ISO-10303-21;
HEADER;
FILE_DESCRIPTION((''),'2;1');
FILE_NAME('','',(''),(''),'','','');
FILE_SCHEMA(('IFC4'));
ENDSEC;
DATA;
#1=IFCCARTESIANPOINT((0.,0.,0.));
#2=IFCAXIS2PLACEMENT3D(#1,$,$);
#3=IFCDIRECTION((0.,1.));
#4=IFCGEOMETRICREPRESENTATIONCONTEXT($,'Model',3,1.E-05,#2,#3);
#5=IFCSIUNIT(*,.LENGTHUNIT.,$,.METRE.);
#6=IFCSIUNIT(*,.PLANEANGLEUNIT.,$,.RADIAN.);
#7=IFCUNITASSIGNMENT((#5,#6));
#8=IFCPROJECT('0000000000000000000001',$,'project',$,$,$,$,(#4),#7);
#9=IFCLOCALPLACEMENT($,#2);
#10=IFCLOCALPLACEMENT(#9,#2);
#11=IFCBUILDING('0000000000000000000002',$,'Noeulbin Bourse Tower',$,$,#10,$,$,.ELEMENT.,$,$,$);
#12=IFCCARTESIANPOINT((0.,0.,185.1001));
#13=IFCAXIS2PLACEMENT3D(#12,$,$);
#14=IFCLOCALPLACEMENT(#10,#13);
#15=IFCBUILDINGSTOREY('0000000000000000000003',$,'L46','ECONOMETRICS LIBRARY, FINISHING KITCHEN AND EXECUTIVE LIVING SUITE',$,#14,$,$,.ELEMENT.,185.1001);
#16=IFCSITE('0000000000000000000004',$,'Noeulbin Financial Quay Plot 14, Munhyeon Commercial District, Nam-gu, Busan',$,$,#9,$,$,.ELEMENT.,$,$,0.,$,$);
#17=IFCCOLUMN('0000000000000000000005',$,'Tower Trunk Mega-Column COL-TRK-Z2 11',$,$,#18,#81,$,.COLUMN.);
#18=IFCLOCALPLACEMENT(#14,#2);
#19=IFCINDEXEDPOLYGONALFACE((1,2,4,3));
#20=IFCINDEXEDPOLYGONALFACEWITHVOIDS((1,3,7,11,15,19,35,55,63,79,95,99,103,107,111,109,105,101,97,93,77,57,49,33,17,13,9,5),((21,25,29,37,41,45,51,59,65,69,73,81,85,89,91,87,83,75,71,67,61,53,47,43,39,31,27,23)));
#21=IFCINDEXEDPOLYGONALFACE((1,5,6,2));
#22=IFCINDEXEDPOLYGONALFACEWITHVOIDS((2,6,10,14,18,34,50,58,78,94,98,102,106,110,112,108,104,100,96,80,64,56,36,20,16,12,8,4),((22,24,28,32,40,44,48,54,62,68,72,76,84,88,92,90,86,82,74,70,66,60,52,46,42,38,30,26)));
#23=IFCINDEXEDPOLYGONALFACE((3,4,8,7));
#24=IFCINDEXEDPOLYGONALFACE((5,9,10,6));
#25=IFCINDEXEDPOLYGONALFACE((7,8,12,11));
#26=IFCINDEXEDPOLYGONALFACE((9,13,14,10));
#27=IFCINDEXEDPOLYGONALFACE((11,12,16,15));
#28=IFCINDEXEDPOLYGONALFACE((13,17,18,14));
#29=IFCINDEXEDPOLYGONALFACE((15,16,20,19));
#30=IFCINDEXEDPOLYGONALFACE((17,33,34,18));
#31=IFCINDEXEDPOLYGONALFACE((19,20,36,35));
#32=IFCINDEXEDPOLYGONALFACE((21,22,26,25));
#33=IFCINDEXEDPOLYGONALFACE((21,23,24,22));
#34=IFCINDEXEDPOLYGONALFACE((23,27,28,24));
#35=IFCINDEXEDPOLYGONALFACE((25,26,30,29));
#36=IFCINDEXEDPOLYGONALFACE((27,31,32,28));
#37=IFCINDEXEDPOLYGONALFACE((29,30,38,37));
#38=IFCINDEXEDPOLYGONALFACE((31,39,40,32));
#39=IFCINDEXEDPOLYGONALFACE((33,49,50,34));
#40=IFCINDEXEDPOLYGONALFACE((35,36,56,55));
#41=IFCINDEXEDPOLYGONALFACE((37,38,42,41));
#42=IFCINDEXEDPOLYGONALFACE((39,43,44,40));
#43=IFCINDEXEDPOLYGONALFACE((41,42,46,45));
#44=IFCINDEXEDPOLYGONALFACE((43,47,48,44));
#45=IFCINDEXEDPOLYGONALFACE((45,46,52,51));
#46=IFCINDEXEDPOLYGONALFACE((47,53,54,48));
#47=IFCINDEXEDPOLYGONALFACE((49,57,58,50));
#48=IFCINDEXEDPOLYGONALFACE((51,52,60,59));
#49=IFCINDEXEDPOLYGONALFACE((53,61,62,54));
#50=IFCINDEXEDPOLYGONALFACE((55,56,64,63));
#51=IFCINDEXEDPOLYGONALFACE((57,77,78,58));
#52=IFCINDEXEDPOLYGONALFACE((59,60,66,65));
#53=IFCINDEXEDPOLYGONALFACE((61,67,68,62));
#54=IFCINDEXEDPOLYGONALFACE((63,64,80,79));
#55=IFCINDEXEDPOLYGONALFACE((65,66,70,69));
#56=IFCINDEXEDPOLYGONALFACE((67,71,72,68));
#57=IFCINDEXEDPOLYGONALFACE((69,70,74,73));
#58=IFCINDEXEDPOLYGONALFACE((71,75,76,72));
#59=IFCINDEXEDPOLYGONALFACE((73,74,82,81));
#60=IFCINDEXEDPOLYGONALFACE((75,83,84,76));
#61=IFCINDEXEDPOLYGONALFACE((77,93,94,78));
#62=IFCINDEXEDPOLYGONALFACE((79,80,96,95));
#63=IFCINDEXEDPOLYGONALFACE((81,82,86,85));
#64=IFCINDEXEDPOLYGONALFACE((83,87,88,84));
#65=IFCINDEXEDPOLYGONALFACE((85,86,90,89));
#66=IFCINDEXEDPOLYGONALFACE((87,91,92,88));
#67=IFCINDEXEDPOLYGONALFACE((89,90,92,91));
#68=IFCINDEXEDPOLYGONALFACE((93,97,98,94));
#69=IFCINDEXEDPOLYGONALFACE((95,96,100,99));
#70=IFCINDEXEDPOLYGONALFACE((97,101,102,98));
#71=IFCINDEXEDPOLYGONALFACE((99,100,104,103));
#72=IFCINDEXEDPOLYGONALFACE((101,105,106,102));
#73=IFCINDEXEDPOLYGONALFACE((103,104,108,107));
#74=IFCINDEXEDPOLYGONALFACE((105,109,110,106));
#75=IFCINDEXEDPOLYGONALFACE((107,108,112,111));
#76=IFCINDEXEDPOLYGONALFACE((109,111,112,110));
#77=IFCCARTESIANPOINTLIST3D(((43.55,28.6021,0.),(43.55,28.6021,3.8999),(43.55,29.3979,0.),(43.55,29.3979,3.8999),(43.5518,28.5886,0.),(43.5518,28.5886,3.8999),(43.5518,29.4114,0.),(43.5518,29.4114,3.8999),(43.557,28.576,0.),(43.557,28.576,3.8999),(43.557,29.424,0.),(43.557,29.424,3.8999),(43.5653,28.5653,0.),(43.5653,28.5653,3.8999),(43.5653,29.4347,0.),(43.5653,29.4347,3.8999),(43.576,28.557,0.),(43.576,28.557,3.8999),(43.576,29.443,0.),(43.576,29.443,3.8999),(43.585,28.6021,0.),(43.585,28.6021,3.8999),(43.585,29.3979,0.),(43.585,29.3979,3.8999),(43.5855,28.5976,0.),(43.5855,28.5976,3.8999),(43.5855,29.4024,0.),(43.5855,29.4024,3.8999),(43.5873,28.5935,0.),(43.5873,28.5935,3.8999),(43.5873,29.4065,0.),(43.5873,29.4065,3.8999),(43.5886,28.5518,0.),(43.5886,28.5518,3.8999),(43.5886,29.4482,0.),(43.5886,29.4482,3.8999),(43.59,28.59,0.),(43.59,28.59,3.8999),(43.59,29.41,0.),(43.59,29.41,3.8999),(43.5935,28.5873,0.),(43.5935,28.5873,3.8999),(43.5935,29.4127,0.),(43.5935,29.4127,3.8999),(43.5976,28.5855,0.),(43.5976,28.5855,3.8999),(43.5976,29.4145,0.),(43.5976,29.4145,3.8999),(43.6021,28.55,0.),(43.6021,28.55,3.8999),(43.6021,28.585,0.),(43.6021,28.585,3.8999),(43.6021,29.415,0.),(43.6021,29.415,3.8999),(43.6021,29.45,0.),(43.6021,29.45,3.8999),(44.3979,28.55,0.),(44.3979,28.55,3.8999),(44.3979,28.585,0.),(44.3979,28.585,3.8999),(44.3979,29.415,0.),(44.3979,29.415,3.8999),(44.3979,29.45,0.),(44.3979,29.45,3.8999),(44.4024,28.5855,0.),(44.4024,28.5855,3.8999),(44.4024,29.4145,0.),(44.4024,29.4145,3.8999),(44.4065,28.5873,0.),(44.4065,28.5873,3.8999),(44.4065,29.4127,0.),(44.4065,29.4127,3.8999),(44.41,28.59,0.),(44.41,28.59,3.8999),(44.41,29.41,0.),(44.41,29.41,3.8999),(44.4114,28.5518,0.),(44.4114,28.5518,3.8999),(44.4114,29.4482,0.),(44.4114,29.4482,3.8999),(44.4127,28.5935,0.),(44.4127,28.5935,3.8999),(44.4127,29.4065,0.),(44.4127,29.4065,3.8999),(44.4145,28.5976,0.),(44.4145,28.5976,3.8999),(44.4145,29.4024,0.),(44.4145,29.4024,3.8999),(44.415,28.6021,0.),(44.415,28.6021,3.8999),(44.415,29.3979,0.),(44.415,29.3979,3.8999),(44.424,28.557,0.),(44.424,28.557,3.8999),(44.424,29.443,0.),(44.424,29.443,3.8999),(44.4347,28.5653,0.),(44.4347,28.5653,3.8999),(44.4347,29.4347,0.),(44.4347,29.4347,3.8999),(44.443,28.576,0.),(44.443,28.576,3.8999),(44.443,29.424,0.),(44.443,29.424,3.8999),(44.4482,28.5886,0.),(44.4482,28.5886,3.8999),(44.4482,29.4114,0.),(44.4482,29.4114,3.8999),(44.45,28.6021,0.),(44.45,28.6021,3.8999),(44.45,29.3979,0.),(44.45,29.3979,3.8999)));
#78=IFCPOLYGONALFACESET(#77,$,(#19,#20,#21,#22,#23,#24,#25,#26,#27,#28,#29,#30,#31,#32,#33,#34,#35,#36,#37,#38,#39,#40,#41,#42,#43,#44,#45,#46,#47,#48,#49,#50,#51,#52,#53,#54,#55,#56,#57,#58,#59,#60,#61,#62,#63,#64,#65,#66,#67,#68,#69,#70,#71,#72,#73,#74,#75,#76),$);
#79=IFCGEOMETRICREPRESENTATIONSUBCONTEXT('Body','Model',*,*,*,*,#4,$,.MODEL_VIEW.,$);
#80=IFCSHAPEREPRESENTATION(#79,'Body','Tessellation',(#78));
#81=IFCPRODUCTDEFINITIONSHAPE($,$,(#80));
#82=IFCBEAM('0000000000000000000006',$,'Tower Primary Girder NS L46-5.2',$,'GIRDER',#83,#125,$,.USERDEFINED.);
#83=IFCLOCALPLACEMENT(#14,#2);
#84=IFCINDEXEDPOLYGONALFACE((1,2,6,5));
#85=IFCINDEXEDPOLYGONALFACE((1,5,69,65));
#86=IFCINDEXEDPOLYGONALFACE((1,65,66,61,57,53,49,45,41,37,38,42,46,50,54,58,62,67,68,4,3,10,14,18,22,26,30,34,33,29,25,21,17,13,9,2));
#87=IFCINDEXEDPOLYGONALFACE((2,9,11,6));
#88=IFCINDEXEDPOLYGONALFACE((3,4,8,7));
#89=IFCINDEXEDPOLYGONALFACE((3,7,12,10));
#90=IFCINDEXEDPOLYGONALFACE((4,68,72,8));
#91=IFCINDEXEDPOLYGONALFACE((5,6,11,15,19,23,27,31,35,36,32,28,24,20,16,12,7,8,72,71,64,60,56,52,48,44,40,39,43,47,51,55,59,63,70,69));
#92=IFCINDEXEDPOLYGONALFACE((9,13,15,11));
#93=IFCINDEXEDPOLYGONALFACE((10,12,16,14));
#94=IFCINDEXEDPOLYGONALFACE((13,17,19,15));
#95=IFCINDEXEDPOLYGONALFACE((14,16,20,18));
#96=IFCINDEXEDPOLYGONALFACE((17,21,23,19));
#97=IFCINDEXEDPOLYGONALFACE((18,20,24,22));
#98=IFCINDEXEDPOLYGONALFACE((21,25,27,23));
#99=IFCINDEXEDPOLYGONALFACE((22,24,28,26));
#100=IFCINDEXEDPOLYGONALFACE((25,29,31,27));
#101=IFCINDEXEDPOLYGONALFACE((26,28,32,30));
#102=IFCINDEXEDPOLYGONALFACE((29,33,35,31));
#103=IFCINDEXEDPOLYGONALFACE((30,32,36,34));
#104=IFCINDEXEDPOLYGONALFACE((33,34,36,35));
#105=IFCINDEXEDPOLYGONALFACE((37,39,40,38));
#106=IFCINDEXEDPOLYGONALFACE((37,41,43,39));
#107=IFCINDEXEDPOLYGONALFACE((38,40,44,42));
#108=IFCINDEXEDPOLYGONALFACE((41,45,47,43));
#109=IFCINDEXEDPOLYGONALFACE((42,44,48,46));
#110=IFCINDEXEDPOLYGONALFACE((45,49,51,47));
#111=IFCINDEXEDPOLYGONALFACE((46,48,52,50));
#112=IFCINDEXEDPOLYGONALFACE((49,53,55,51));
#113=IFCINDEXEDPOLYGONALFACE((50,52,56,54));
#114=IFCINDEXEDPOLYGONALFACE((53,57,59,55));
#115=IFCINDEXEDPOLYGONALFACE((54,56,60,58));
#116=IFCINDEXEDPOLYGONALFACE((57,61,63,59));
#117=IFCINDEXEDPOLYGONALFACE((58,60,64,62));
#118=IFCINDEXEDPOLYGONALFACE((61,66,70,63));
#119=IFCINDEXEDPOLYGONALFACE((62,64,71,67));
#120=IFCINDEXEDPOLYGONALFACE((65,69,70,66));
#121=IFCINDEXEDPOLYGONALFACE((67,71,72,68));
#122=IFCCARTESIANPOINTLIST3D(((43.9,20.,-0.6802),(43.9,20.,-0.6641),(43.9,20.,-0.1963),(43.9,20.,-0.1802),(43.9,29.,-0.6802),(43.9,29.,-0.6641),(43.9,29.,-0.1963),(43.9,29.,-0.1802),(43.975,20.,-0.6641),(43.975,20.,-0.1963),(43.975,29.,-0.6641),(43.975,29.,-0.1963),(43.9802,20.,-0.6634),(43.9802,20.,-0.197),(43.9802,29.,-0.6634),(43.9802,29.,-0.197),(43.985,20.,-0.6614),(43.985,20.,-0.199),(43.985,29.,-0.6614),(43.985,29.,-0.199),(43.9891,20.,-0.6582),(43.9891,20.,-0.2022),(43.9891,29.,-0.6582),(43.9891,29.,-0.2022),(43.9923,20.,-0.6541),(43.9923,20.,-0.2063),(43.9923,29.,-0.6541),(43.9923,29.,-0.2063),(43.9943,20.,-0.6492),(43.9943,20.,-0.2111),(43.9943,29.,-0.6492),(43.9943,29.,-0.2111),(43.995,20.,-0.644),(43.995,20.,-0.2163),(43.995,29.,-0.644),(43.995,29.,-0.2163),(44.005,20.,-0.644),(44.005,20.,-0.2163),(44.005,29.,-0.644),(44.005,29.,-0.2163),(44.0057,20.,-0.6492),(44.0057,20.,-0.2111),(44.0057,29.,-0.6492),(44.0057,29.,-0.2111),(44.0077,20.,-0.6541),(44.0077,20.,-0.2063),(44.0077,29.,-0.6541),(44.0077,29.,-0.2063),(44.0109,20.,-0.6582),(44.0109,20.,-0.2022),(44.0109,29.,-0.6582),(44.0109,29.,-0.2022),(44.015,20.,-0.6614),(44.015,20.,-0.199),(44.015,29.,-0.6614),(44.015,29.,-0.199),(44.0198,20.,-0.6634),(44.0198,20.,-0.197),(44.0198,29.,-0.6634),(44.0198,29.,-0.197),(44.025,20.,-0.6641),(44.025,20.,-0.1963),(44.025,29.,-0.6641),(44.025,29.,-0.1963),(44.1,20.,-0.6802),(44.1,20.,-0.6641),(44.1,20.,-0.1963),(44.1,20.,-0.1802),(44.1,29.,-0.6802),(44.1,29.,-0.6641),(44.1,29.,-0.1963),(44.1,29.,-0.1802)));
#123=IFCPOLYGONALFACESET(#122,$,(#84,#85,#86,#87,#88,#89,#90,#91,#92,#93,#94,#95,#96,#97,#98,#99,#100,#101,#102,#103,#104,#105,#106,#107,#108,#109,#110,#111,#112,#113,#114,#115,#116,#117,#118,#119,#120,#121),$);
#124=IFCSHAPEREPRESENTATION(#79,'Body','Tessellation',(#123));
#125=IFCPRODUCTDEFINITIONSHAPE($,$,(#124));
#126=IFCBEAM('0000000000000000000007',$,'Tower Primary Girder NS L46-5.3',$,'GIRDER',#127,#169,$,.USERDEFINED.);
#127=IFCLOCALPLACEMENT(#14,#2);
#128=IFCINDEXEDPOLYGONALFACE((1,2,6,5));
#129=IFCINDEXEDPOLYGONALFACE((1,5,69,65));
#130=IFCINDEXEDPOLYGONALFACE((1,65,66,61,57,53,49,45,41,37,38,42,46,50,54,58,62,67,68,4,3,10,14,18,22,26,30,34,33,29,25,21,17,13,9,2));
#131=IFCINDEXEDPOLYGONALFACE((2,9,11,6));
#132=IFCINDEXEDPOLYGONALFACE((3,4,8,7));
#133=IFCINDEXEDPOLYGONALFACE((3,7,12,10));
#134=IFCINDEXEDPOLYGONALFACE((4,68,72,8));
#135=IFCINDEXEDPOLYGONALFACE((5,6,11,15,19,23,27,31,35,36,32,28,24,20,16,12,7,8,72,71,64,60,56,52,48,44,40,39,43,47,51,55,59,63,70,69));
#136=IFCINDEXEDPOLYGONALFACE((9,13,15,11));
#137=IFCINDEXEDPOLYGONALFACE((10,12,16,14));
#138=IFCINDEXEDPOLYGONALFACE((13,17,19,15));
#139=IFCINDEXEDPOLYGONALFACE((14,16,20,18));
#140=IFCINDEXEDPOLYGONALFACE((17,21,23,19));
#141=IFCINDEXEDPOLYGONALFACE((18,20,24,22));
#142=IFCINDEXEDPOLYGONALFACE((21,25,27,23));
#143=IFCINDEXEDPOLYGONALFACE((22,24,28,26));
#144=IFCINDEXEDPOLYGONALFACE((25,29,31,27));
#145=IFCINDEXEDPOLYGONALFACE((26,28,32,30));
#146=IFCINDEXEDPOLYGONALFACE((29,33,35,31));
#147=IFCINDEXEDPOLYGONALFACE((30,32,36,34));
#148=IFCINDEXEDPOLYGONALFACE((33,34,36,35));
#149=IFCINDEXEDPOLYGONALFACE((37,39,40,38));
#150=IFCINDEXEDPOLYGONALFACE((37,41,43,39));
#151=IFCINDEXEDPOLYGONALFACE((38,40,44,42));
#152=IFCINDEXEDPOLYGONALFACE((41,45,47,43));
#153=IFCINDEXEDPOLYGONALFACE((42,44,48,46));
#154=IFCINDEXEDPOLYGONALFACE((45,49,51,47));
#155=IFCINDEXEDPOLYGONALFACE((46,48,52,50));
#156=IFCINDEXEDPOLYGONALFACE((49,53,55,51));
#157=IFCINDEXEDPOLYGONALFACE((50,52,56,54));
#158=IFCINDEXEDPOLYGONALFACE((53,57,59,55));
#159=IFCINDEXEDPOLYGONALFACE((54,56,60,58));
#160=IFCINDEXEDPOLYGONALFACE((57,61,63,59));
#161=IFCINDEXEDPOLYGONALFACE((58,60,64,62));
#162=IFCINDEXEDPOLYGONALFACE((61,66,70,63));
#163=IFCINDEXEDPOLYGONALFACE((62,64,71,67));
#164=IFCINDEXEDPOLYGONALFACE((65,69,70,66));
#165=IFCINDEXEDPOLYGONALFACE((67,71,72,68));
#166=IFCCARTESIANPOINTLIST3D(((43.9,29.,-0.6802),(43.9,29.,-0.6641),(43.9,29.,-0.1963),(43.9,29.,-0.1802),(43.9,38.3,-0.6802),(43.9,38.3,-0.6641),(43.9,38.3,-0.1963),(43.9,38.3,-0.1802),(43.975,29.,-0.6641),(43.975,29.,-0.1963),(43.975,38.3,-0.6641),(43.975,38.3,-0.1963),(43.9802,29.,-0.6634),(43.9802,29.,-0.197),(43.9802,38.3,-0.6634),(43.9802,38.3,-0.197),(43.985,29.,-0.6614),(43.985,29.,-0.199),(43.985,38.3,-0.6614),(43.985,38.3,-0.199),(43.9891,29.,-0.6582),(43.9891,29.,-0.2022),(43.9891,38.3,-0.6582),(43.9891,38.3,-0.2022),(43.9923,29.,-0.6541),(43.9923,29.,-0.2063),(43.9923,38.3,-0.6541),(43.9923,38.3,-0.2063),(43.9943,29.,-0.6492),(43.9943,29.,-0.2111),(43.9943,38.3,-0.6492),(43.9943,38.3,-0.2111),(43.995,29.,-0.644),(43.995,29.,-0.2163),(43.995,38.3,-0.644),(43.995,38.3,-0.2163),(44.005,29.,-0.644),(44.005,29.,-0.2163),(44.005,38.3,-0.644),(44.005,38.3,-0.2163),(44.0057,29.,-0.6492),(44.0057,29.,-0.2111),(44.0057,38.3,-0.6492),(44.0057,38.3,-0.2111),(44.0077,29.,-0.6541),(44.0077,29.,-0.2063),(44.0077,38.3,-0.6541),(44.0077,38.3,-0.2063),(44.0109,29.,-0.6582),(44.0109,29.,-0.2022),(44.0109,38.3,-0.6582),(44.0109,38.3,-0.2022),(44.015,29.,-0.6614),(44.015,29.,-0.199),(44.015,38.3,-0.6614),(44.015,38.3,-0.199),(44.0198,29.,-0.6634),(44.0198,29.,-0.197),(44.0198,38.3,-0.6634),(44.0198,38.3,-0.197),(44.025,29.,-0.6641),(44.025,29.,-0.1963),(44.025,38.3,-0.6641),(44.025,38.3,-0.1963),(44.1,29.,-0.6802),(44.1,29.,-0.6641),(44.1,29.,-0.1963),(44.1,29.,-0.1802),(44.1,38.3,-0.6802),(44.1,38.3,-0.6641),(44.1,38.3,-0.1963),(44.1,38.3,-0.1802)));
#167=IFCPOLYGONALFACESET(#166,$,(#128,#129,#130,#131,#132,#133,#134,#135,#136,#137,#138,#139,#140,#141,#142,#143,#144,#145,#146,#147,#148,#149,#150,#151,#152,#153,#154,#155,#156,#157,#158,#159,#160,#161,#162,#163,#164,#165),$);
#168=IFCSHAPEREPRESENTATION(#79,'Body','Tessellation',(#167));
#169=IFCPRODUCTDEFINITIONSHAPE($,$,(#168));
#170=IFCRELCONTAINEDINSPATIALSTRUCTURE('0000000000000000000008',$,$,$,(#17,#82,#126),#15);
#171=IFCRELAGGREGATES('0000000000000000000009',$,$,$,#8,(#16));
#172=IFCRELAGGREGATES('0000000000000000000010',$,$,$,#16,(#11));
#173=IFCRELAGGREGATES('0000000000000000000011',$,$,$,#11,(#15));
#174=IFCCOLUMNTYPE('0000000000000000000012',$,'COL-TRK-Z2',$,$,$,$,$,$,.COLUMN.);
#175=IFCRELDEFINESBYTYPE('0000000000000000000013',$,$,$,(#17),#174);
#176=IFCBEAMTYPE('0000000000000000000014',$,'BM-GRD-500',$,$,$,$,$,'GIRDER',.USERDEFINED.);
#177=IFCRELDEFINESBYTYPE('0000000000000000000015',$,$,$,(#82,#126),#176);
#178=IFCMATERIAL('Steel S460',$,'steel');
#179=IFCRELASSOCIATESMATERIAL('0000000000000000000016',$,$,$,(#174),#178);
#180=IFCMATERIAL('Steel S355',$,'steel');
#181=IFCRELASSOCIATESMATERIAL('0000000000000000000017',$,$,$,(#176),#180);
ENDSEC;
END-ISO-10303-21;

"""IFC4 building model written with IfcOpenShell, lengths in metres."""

from ifc_helpers import new_model, si_unit, direction, frame, origin, origin_2d, place, context, subcontext, project, spatial, hollow_rectangle, i_section, extrude, material, material_profile, profile_set, type_object, element, save


model = new_model("IFC4")

# Units and contexts
model_context = context("Model", 3, precision=1e-05, world=origin(), true_north=direction((0.0, 1.0)))
body_context = subcontext(model_context, "Body", "Model", "MODEL_VIEW")
ifc_project = project(units=[si_unit("LENGTHUNIT", "METRE"), si_unit("PLANEANGLEUNIT", "RADIAN")], contexts=[model_context])

# Site, building, storey
site_placement = place(None, origin())
site = spatial("IfcSite", under=ifc_project, at=site_placement, Name="Noeulbin Financial Quay Plot 14, Munhyeon Commercial District, Nam-gu, Busan", CompositionType="ELEMENT", RefElevation=0.0)
building_placement = place(site_placement, origin())
building = spatial("IfcBuilding", under=site, at=building_placement, Name="Noeulbin Bourse Tower", CompositionType="ELEMENT")
storey_placement = place(building_placement, frame((0.0, 0.0, 185.1001)))
storey = spatial("IfcBuildingStorey", under=building, at=storey_placement, Name="L46", Description="ECONOMETRICS LIBRARY, FINISHING KITCHEN AND EXECUTIVE LIVING SUITE", CompositionType="ELEMENT", Elevation=185.1001)

# Column
ifc_material_1 = material(Name="Steel S355", Category="steel")
ifc_material_2 = material(Name="Steel S460", Category="steel")
ifc_material_profile_1 = material_profile(ifc_material_2, hollow_rectangle(XDim=0.8999, YDim=0.8999, WallThickness=0.0349, InnerFilletRadius=0.0171, OuterFilletRadius=0.052, at=origin_2d()), Name="BOX-900x900x35", Category="LoadBearing")
ifc_profile_set_1 = profile_set([ifc_material_profile_1], Name="Steel S460")
column_type_1 = type_object("IfcColumnType", Name="COL-TRK-Z2", PredefinedType="COLUMN", material=ifc_profile_set_1)
column_placement = place(storey_placement, frame((44.0, 29.0, 0.0), z_axis=(0.0, 0.0, 1.0), x_axis=(1.0, 0.0, 0.0)))
element("IfcColumn", 1, at=column_placement, inside=storey, type_object=column_type_1, Name="Tower Trunk Mega-Column COL-TRK-Z2 11", PredefinedType="COLUMN", context=body_context, shape_type="SweptSolid", body=[
    extrude(hollow_rectangle(XDim=0.8999, YDim=0.8999, WallThickness=0.0349, InnerFilletRadius=0.0171, OuterFilletRadius=0.052, at=origin_2d()), origin(), (0.0, 0.0, 1.0), 3.8999),
])

# Beams
ifc_material_profile_2 = material_profile(ifc_material_1, i_section(OverallWidth=0.2, OverallDepth=0.5, WebThickness=0.01, FlangeThickness=0.0161, FilletRadius=0.02, at=origin_2d()), Name="H-500x200x10x16", Category="LoadBearing")
ifc_profile_set_2 = profile_set([ifc_material_profile_2], Name="Steel S355")
beam_type_1 = type_object("IfcBeamType", Name="BM-GRD-500", ElementType="GIRDER", PredefinedType="USERDEFINED", material=ifc_profile_set_2)
beam_1_placement = place(storey_placement, frame((44.0, 20.0, -0.4302), z_axis=(0.0, 1.0, 0.0), x_axis=(-1.0, 0.0, 0.0)))
element("IfcBeam", 2, at=beam_1_placement, inside=storey, type_object=beam_type_1, Name="Tower Primary Girder NS L46-5.2", ObjectType="GIRDER", PredefinedType="USERDEFINED", context=body_context, shape_type="SweptSolid", body=[
    extrude(i_section(OverallWidth=0.2, OverallDepth=0.5, WebThickness=0.01, FlangeThickness=0.0161, FilletRadius=0.02, at=origin_2d()), origin(), (0.0, 0.0, 1.0), 9.0),
])
beam_2_placement = place(storey_placement, frame((44.0, 29.0, -0.4302), z_axis=(0.0, 1.0, 0.0), x_axis=(-1.0, 0.0, 0.0)))
element("IfcBeam", 3, at=beam_2_placement, inside=storey, type_object=beam_type_1, Name="Tower Primary Girder NS L46-5.3", ObjectType="GIRDER", PredefinedType="USERDEFINED", context=body_context, shape_type="SweptSolid", body=[
    extrude(i_section(OverallWidth=0.2, OverallDepth=0.5, WebThickness=0.01, FlangeThickness=0.0161, FilletRadius=0.02, at=origin_2d()), origin(), (0.0, 0.0, 1.0), 9.3),
])

save(model, "model.ifc")
